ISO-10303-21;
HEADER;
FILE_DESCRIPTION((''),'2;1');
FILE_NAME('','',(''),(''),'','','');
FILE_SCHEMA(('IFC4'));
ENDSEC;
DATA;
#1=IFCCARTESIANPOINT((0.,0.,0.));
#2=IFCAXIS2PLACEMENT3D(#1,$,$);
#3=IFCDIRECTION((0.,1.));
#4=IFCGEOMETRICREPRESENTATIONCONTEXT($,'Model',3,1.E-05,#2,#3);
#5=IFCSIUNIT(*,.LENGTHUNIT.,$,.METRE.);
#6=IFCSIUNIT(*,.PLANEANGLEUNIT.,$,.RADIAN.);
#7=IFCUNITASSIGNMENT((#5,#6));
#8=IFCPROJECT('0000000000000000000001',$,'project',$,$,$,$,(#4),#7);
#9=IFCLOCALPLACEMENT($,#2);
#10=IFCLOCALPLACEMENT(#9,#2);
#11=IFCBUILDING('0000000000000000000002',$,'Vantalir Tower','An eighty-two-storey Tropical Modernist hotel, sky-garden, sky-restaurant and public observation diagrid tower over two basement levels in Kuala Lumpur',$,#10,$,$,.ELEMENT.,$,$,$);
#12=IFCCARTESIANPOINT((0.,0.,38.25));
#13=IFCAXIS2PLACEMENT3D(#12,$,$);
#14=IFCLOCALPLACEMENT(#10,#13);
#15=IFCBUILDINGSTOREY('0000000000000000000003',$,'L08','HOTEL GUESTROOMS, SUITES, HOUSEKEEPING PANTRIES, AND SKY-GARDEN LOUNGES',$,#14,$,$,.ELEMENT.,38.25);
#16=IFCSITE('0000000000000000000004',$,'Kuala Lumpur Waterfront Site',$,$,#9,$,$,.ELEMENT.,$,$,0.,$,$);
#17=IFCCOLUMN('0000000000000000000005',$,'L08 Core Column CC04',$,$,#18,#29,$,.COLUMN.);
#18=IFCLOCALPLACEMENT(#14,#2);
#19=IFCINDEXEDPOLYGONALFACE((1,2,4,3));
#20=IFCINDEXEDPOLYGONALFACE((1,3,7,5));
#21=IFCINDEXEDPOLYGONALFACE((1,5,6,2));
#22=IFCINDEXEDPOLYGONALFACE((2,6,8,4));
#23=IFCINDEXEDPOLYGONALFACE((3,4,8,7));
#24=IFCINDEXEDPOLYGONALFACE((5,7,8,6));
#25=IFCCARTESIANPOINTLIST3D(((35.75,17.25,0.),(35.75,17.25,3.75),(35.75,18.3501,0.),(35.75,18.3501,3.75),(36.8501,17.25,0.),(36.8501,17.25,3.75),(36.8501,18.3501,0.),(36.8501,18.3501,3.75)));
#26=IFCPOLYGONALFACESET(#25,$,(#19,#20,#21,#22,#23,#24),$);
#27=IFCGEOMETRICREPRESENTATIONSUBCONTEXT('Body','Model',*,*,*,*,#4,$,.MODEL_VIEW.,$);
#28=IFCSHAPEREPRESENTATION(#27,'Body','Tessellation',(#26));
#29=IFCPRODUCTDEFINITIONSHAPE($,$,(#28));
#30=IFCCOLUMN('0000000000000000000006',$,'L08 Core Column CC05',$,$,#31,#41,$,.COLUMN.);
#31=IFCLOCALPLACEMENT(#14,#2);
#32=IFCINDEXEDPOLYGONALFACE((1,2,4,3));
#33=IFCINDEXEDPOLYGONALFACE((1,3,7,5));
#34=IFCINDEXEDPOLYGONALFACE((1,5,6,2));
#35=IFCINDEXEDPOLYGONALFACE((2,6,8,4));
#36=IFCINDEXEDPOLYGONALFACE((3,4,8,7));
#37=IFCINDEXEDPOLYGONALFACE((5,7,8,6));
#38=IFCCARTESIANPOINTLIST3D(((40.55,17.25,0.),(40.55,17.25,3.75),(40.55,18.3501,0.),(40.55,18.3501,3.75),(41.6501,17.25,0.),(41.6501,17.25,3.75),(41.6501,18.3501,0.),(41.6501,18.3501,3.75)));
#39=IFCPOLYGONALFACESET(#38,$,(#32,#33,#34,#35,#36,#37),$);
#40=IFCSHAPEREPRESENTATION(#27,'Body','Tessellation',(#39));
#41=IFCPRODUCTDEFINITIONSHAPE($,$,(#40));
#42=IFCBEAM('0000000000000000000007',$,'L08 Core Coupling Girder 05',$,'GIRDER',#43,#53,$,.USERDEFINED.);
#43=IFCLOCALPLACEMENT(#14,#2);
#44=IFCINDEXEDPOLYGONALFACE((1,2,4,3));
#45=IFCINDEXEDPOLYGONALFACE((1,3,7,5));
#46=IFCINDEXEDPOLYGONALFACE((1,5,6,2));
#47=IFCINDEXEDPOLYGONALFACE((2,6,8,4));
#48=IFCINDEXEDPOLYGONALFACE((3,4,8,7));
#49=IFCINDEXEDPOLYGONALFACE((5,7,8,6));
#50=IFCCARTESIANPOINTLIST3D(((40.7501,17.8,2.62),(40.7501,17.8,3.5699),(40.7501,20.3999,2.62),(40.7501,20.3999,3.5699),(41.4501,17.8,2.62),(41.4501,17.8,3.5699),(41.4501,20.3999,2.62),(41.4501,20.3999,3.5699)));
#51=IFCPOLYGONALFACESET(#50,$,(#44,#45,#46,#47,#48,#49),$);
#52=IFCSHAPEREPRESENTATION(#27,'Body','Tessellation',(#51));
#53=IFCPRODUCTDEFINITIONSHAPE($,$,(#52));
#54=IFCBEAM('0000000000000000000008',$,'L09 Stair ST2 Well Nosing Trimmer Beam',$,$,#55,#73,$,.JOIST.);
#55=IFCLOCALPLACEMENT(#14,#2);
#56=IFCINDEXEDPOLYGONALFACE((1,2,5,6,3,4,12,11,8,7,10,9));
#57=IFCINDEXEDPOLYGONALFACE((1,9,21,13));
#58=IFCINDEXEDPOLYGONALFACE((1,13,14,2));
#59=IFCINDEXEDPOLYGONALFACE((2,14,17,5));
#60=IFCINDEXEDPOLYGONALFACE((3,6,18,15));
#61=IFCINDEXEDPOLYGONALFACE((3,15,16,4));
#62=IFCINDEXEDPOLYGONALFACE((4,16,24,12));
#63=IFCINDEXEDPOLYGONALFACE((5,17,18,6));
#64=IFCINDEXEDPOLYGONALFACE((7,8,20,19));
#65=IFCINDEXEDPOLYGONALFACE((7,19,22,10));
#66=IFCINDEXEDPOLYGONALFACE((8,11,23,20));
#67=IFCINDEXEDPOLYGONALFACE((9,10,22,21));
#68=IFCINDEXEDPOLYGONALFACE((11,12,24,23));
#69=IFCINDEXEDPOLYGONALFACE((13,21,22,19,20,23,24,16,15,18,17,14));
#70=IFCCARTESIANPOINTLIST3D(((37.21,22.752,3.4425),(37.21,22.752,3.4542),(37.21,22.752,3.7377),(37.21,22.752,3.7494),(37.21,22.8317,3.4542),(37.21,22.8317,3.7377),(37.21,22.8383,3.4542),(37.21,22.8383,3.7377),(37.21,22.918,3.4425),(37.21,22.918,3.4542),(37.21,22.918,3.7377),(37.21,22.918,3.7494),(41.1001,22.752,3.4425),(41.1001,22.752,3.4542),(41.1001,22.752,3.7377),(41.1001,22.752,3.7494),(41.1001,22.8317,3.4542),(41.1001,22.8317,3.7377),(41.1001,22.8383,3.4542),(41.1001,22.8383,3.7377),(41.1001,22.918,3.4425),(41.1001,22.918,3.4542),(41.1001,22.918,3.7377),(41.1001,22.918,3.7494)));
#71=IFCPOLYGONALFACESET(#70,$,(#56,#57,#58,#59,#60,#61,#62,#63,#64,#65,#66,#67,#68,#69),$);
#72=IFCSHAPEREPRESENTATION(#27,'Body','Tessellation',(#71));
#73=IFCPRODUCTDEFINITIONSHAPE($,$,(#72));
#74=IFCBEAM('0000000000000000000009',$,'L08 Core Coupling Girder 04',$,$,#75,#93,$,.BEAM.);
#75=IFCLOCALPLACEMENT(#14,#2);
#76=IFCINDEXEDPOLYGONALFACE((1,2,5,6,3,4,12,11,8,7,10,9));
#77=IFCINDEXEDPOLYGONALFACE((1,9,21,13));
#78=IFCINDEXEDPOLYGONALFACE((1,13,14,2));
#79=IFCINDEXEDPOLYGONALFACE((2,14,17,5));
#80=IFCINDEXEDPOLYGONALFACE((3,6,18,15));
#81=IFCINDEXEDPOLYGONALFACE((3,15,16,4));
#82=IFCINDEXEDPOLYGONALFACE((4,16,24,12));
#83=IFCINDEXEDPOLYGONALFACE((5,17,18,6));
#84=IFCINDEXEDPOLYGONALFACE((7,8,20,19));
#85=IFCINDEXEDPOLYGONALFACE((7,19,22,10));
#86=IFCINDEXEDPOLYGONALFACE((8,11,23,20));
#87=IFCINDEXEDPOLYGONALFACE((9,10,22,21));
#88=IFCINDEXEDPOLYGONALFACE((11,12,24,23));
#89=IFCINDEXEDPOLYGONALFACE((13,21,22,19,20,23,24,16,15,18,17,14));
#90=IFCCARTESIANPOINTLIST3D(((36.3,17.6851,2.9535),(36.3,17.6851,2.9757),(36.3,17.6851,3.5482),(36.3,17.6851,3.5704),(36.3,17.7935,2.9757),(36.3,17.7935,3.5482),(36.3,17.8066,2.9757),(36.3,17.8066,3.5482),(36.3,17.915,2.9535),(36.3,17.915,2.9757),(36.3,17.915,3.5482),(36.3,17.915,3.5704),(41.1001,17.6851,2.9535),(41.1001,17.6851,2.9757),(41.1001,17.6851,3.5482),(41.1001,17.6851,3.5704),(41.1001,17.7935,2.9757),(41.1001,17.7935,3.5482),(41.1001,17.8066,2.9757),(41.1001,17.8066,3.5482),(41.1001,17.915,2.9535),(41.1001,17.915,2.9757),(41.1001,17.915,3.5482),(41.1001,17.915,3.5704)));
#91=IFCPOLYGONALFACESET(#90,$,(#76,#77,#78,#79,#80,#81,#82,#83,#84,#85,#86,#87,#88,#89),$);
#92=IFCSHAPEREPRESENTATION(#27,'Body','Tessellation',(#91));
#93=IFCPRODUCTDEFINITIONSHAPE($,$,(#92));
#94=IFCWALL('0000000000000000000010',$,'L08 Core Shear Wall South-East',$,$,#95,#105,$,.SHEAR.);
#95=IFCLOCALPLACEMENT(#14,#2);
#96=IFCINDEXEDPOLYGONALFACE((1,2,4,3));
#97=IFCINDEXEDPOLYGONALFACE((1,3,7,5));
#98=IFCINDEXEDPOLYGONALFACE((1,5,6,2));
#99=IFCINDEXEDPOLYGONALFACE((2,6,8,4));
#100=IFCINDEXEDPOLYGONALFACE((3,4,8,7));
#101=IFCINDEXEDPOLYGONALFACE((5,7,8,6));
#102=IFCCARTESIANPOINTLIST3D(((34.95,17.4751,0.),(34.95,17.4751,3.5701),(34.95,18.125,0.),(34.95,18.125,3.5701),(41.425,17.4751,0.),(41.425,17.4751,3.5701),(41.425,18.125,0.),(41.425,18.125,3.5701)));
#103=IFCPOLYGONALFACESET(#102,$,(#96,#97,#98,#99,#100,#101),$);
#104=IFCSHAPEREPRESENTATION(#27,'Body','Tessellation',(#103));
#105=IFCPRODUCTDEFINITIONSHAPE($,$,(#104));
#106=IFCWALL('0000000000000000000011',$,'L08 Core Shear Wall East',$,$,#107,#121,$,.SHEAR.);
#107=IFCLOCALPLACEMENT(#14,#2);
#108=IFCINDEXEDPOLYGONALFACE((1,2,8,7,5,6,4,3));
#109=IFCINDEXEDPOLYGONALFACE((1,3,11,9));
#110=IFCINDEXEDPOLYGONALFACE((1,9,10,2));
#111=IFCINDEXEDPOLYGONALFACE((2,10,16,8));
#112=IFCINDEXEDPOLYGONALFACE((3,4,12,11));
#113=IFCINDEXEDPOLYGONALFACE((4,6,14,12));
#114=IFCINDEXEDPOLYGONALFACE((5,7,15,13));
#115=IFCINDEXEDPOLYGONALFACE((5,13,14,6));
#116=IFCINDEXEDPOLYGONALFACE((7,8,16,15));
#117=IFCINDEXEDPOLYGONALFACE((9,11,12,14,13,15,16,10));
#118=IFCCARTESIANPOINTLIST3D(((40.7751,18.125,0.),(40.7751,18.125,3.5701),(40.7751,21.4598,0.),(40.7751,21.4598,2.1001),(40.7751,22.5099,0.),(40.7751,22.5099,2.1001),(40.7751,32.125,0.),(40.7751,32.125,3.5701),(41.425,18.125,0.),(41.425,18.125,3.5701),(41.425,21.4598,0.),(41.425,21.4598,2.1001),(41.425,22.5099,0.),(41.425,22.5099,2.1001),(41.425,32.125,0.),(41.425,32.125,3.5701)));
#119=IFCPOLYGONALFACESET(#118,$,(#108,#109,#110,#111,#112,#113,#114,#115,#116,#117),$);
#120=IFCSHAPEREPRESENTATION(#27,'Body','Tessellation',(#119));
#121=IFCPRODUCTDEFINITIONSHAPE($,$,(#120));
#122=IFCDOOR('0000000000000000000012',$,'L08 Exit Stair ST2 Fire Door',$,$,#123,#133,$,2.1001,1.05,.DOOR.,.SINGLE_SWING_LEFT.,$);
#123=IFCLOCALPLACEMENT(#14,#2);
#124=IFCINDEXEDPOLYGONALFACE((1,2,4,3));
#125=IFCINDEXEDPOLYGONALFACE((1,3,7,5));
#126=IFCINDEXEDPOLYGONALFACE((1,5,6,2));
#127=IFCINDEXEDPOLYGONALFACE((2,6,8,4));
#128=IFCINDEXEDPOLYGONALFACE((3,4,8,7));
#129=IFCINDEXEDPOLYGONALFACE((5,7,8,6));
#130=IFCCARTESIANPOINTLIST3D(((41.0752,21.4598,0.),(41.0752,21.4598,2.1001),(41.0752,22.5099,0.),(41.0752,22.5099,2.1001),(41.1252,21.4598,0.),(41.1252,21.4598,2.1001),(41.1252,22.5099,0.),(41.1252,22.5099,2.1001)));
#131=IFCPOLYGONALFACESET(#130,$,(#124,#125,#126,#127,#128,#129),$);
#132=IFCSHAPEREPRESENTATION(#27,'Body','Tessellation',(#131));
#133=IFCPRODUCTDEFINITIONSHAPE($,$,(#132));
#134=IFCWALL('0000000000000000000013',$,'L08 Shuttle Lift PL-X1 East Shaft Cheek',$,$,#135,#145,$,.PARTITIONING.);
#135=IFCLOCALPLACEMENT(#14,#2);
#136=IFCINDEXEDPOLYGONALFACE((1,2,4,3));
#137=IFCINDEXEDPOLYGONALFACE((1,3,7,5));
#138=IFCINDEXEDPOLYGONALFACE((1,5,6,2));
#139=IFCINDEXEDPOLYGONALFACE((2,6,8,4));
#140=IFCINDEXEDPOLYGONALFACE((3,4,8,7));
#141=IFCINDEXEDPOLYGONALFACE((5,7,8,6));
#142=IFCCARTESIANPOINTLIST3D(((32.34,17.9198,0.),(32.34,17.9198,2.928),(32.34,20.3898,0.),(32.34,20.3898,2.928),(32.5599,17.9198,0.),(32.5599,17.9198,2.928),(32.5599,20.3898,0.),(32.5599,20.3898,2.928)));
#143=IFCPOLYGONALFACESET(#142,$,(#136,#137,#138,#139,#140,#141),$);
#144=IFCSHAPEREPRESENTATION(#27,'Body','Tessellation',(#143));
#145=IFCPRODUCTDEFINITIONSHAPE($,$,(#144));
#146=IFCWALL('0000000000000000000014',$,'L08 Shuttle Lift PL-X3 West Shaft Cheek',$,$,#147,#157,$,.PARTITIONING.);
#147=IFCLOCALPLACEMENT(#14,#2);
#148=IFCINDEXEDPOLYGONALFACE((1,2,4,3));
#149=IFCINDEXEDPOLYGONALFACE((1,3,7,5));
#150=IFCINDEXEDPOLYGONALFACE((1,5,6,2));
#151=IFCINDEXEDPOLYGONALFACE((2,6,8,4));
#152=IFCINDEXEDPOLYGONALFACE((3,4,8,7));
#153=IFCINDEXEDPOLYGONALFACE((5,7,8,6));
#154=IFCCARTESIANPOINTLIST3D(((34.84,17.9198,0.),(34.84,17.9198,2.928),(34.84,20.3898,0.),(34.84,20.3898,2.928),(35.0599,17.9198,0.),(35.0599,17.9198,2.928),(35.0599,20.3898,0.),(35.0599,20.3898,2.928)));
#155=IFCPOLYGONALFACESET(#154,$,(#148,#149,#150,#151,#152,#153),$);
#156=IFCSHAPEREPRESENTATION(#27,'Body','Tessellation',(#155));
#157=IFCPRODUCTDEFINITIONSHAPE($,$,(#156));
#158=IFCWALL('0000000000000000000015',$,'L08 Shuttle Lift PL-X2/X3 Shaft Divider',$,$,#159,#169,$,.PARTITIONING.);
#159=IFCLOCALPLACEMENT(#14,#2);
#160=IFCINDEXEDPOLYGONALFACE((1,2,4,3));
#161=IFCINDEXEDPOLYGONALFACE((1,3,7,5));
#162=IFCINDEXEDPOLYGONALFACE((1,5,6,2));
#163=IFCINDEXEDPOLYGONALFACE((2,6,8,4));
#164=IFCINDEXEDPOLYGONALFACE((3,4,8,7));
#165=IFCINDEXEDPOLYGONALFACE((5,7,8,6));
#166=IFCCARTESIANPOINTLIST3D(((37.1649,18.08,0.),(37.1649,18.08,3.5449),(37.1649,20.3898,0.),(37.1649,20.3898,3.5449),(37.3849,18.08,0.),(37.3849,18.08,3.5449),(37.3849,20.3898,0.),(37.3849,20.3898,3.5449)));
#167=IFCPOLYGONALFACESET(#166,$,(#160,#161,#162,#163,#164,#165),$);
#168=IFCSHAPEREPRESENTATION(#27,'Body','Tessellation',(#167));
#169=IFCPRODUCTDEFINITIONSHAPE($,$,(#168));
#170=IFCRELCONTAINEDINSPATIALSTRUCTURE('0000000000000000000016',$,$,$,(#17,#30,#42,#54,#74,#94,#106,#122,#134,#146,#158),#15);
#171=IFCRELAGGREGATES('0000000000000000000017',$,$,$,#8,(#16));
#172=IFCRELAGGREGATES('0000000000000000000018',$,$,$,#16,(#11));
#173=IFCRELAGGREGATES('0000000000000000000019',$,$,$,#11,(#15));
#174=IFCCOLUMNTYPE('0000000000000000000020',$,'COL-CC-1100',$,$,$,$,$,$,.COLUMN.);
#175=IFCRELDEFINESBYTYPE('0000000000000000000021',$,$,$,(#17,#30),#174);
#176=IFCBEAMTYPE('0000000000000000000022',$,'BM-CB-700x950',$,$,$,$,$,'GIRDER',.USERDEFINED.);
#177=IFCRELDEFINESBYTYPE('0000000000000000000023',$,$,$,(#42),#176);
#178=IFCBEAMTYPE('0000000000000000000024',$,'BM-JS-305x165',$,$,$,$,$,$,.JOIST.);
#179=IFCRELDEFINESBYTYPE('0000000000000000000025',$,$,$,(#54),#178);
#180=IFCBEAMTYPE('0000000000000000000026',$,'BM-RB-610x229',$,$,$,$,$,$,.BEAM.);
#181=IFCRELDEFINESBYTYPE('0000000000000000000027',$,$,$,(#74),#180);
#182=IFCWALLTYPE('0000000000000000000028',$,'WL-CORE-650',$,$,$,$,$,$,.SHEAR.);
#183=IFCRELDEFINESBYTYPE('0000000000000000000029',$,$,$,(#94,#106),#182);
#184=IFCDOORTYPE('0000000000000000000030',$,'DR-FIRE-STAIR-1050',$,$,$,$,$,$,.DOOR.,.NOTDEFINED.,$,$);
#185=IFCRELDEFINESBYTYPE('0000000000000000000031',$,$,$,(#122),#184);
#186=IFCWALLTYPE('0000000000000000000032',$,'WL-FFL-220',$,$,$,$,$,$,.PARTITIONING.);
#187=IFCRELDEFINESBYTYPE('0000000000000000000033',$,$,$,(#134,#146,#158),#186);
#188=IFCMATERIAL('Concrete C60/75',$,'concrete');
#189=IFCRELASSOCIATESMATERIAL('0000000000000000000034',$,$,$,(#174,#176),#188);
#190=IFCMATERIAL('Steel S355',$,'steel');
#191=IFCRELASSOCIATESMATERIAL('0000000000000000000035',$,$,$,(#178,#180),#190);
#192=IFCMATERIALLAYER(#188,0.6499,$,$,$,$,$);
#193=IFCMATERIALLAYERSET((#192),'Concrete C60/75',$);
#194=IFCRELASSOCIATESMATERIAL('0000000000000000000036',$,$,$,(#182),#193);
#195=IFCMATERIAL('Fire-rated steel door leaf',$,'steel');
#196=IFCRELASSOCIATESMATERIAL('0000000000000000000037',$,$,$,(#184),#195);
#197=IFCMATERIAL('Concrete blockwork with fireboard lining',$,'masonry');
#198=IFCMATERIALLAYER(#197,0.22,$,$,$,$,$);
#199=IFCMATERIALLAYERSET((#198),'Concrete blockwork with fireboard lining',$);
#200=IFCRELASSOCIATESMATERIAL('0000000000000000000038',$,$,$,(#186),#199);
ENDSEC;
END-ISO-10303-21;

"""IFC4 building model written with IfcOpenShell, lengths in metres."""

from ifc_helpers import new_model, si_unit, direction, frame, frame_2d, origin, origin_2d, place, context, subcontext, project, spatial, rectangle, i_section, extrude, material, layer, layer_set, material_profile, profile_set, type_object, element, fill, save


model = new_model("IFC4")

# Units and contexts
model_context = context("Model", 3, precision=1e-05, world=origin(), true_north=direction((0.0, 1.0)))
body_context = subcontext(model_context, "Body", "Model", "MODEL_VIEW")
ifc_project = project(units=[si_unit("LENGTHUNIT", "METRE"), si_unit("PLANEANGLEUNIT", "RADIAN")], contexts=[model_context])

# Site, building, storey
site_placement = place(None, origin())
site = spatial("IfcSite", under=ifc_project, at=site_placement, Name="Kuala Lumpur Waterfront Site", CompositionType="ELEMENT", RefElevation=0.0)
building_placement = place(site_placement, origin())
building = spatial("IfcBuilding", under=site, at=building_placement, Name="Vantalir Tower", Description="An eighty-two-storey Tropical Modernist hotel, sky-garden, sky-restaurant and public observation diagrid tower over two basement levels in Kuala Lumpur", CompositionType="ELEMENT")
storey_placement = place(building_placement, frame((0.0, 0.0, 38.25)))
storey = spatial("IfcBuildingStorey", under=building, at=storey_placement, Name="L08", Description="HOTEL GUESTROOMS, SUITES, HOUSEKEEPING PANTRIES, AND SKY-GARDEN LOUNGES", CompositionType="ELEMENT", Elevation=38.25)

# Columns
ifc_material_1 = material(Name="Concrete C60/75", Category="concrete")
ifc_material_profile_1 = material_profile(ifc_material_1, rectangle(XDim=1.1001, YDim=1.1001, at=origin_2d()), Name="Concrete C60/75")
ifc_profile_set_1 = profile_set([ifc_material_profile_1], Name="Concrete C60/75")
column_type = type_object("IfcColumnType", Name="COL-CC-1100", PredefinedType="COLUMN", material=ifc_profile_set_1)
for number, where, z_axis, x_axis, name in (
    (1, (36.3, 17.8, 0.0), (0.0, 0.0, 1.0), (1.0, 0.0, 0.0), "L08 Core Column CC04"),
    (2, (41.1001, 17.8, 0.0), (0.0, 0.0, 1.0), (1.0, 0.0, 0.0), "L08 Core Column CC05"),
):
    element("IfcColumn", number, at=place(storey_placement, frame(where, z_axis=z_axis, x_axis=x_axis)), inside=storey, type_object=column_type, Name=name, PredefinedType="COLUMN", context=body_context, shape_type="SweptSolid", body=[
        extrude(rectangle(XDim=1.1001, YDim=1.1001, at=origin_2d()), origin(), (0.0, 0.0, 1.0), 3.75),
    ])

# Beams
ifc_material_profile_2 = material_profile(ifc_material_1, rectangle(XDim=0.7, YDim=0.95, at=origin_2d()), Name="Concrete C60/75")
ifc_profile_set_2 = profile_set([ifc_material_profile_2], Name="Concrete C60/75")
beam_type_1 = type_object("IfcBeamType", Name="BM-CB-700x950", ElementType="GIRDER", PredefinedType="USERDEFINED", material=ifc_profile_set_2)
beam_1_placement = place(storey_placement, frame((41.1001, 17.8, 3.095), z_axis=(0.0, 1.0, 0.0), x_axis=(-1.0, 0.0, 0.0)))
element("IfcBeam", 3, at=beam_1_placement, inside=storey, type_object=beam_type_1, Name="L08 Core Coupling Girder 05", ObjectType="GIRDER", PredefinedType="USERDEFINED", context=body_context, shape_type="SweptSolid", body=[
    extrude(rectangle(XDim=0.7, YDim=0.95, at=origin_2d()), origin(), (0.0, 0.0, 1.0), 2.5999),
])
ifc_material_2 = material(Name="Steel S355", Category="steel")
ifc_material_profile_3 = material_profile(ifc_material_2, i_section(OverallWidth=0.166, OverallDepth=0.3069, WebThickness=0.0066, FlangeThickness=0.0117, at=origin_2d()), Name="Steel S355")
ifc_profile_set_3 = profile_set([ifc_material_profile_3], Name="Steel S355")
beam_type_2 = type_object("IfcBeamType", Name="BM-JS-305x165", PredefinedType="JOIST", material=ifc_profile_set_3)
beam_2_placement = place(storey_placement, frame((37.21, 22.835, 3.5959), z_axis=(1.0, 0.0, 0.0), x_axis=(0.0, 1.0, 0.0)))
element("IfcBeam", 4, at=beam_2_placement, inside=storey, type_object=beam_type_2, Name="L09 Stair ST2 Well Nosing Trimmer Beam", PredefinedType="JOIST", context=body_context, shape_type="SweptSolid", body=[
    extrude(i_section(OverallWidth=0.166, OverallDepth=0.3069, WebThickness=0.0066, FlangeThickness=0.0117, at=origin_2d()), origin(), (0.0, 0.0, 1.0), 3.8901),
])
ifc_material_profile_4 = material_profile(ifc_material_2, i_section(OverallWidth=0.23, OverallDepth=0.6169, WebThickness=0.0132, FlangeThickness=0.0222, at=origin_2d()), Name="Steel S355")
ifc_profile_set_4 = profile_set([ifc_material_profile_4], Name="Steel S355")
beam_type_3 = type_object("IfcBeamType", Name="BM-RB-610x229", PredefinedType="BEAM", material=ifc_profile_set_4)
beam_3_placement = place(storey_placement, frame((36.3, 17.8, 3.262), z_axis=(1.0, 0.0, 0.0), x_axis=(0.0, 1.0, 0.0)))
element("IfcBeam", 5, at=beam_3_placement, inside=storey, type_object=beam_type_3, Name="L08 Core Coupling Girder 04", PredefinedType="BEAM", context=body_context, shape_type="SweptSolid", body=[
    extrude(i_section(OverallWidth=0.23, OverallDepth=0.6169, WebThickness=0.0132, FlangeThickness=0.0222, at=origin_2d()), origin(), (0.0, 0.0, 1.0), 4.8),
])

# Wall
ifc_layer_1 = layer(ifc_material_1, 0.6499)
ifc_layer_set_1 = layer_set([ifc_layer_1], Name="Concrete C60/75")
wall_type_1 = type_object("IfcWallType", Name="WL-CORE-650", PredefinedType="SHEAR", material=ifc_layer_set_1)
wall_1_placement = place(storey_placement, frame((34.95, 17.8, 0.0), z_axis=(0.0, 0.0, 1.0), x_axis=(1.0, 0.0, 0.0)))
element("IfcWall", 6, at=wall_1_placement, inside=storey, type_object=wall_type_1, Name="L08 Core Shear Wall South-East", PredefinedType="SHEAR", context=body_context, shape_type="SweptSolid", body=[
    extrude(rectangle(XDim=6.4751, YDim=0.6499, at=frame_2d((3.2375, 0.0))), origin(), (0.0, 0.0, 1.0), 3.5701),
])

# Wall, opening, door
wall_2_placement = place(storey_placement, frame((41.1001, 18.125, 0.0), z_axis=(0.0, 0.0, 1.0), x_axis=(0.0, 1.0, 0.0)))
wall_2 = element("IfcWall", 7, at=wall_2_placement, inside=storey, type_object=wall_type_1, Name="L08 Core Shear Wall East", PredefinedType="SHEAR", context=body_context, shape_type="SweptSolid", body=[
    extrude(rectangle(XDim=14.0, YDim=0.6499, at=frame_2d((7.0, 0.0))), origin(), (0.0, 0.0, 1.0), 3.5701),
])
opening_1_placement = place(wall_2_placement, frame((3.335, 0.0, 0.0)))
opening_1 = element("IfcOpeningElement", 8, at=opening_1_placement, cuts=wall_2, PredefinedType="OPENING", context=body_context, shape_type="SweptSolid", body=[
    extrude(rectangle(XDim=1.05, YDim=2.1001, at=frame_2d((0.5249, 1.05))), frame((0.0, 0.335, 0.0), z_axis=(0.0, -1.0, 0.0), x_axis=(1.0, 0.0, 0.0)), (0.0, 0.0, 1.0), 0.6699),
])
ifc_material_3 = material(Name="Fire-rated steel door leaf", Category="steel")
door_type_1 = type_object("IfcDoorType", Name="DR-FIRE-STAIR-1050", OperationType="NOTDEFINED", PredefinedType="DOOR", material=ifc_material_3)
door_1_placement = place(opening_1_placement, origin())
door_1 = element("IfcDoor", 9, at=door_1_placement, inside=storey, type_object=door_type_1, Name="L08 Exit Stair ST2 Fire Door", OperationType="SINGLE_SWING_LEFT", OverallHeight=2.1001, OverallWidth=1.05, PredefinedType="DOOR", context=body_context, shape_type="SweptSolid", body=[
    extrude(rectangle(XDim=1.05, YDim=2.1001, at=frame_2d((0.5249, 1.05))), frame((0.0, 0.0249, 0.0), z_axis=(0.0, -1.0, 0.0), x_axis=(1.0, 0.0, 0.0)), (0.0, 0.0, 1.0), 0.05),
])
fill(opening_1, door_1)

# Walls
ifc_material_4 = material(Name="Concrete blockwork with fireboard lining", Category="masonry")
ifc_layer_2 = layer(ifc_material_4, 0.22)
ifc_layer_set_2 = layer_set([ifc_layer_2], Name="Concrete blockwork with fireboard lining")
wall_type_2 = type_object("IfcWallType", Name="WL-FFL-220", PredefinedType="PARTITIONING", material=ifc_layer_set_2)
for number, where, z_axis, x_axis, name in (
    (10, (32.45, 17.9199, 0.0), (0.0, 0.0, 1.0), (0.0, 1.0, 0.0), "L08 Shuttle Lift PL-X1 East Shaft Cheek"),
    (11, (34.95, 17.9199, 0.0), (0.0, 0.0, 1.0), (0.0, 1.0, 0.0), "L08 Shuttle Lift PL-X3 West Shaft Cheek"),
):
    element("IfcWall", number, at=place(storey_placement, frame(where, z_axis=z_axis, x_axis=x_axis)), inside=storey, type_object=wall_type_2, Name=name, PredefinedType="PARTITIONING", context=body_context, shape_type="SweptSolid", body=[
        extrude(rectangle(XDim=2.47, YDim=0.22, at=frame_2d((1.2349, 0.0))), origin(), (0.0, 0.0, 1.0), 2.928),
    ])
wall_3_placement = place(storey_placement, frame((37.2749, 18.0801, 0.0), z_axis=(0.0, 0.0, 1.0), x_axis=(0.0, 1.0, 0.0)))
element("IfcWall", 12, at=wall_3_placement, inside=storey, type_object=wall_type_2, Name="L08 Shuttle Lift PL-X2/X3 Shaft Divider", PredefinedType="PARTITIONING", context=body_context, shape_type="SweptSolid", body=[
    extrude(rectangle(XDim=2.3098, YDim=0.22, at=frame_2d((1.1548, 0.0))), origin(), (0.0, 0.0, 1.0), 3.5449),
])

save(model, "model.ifc")
